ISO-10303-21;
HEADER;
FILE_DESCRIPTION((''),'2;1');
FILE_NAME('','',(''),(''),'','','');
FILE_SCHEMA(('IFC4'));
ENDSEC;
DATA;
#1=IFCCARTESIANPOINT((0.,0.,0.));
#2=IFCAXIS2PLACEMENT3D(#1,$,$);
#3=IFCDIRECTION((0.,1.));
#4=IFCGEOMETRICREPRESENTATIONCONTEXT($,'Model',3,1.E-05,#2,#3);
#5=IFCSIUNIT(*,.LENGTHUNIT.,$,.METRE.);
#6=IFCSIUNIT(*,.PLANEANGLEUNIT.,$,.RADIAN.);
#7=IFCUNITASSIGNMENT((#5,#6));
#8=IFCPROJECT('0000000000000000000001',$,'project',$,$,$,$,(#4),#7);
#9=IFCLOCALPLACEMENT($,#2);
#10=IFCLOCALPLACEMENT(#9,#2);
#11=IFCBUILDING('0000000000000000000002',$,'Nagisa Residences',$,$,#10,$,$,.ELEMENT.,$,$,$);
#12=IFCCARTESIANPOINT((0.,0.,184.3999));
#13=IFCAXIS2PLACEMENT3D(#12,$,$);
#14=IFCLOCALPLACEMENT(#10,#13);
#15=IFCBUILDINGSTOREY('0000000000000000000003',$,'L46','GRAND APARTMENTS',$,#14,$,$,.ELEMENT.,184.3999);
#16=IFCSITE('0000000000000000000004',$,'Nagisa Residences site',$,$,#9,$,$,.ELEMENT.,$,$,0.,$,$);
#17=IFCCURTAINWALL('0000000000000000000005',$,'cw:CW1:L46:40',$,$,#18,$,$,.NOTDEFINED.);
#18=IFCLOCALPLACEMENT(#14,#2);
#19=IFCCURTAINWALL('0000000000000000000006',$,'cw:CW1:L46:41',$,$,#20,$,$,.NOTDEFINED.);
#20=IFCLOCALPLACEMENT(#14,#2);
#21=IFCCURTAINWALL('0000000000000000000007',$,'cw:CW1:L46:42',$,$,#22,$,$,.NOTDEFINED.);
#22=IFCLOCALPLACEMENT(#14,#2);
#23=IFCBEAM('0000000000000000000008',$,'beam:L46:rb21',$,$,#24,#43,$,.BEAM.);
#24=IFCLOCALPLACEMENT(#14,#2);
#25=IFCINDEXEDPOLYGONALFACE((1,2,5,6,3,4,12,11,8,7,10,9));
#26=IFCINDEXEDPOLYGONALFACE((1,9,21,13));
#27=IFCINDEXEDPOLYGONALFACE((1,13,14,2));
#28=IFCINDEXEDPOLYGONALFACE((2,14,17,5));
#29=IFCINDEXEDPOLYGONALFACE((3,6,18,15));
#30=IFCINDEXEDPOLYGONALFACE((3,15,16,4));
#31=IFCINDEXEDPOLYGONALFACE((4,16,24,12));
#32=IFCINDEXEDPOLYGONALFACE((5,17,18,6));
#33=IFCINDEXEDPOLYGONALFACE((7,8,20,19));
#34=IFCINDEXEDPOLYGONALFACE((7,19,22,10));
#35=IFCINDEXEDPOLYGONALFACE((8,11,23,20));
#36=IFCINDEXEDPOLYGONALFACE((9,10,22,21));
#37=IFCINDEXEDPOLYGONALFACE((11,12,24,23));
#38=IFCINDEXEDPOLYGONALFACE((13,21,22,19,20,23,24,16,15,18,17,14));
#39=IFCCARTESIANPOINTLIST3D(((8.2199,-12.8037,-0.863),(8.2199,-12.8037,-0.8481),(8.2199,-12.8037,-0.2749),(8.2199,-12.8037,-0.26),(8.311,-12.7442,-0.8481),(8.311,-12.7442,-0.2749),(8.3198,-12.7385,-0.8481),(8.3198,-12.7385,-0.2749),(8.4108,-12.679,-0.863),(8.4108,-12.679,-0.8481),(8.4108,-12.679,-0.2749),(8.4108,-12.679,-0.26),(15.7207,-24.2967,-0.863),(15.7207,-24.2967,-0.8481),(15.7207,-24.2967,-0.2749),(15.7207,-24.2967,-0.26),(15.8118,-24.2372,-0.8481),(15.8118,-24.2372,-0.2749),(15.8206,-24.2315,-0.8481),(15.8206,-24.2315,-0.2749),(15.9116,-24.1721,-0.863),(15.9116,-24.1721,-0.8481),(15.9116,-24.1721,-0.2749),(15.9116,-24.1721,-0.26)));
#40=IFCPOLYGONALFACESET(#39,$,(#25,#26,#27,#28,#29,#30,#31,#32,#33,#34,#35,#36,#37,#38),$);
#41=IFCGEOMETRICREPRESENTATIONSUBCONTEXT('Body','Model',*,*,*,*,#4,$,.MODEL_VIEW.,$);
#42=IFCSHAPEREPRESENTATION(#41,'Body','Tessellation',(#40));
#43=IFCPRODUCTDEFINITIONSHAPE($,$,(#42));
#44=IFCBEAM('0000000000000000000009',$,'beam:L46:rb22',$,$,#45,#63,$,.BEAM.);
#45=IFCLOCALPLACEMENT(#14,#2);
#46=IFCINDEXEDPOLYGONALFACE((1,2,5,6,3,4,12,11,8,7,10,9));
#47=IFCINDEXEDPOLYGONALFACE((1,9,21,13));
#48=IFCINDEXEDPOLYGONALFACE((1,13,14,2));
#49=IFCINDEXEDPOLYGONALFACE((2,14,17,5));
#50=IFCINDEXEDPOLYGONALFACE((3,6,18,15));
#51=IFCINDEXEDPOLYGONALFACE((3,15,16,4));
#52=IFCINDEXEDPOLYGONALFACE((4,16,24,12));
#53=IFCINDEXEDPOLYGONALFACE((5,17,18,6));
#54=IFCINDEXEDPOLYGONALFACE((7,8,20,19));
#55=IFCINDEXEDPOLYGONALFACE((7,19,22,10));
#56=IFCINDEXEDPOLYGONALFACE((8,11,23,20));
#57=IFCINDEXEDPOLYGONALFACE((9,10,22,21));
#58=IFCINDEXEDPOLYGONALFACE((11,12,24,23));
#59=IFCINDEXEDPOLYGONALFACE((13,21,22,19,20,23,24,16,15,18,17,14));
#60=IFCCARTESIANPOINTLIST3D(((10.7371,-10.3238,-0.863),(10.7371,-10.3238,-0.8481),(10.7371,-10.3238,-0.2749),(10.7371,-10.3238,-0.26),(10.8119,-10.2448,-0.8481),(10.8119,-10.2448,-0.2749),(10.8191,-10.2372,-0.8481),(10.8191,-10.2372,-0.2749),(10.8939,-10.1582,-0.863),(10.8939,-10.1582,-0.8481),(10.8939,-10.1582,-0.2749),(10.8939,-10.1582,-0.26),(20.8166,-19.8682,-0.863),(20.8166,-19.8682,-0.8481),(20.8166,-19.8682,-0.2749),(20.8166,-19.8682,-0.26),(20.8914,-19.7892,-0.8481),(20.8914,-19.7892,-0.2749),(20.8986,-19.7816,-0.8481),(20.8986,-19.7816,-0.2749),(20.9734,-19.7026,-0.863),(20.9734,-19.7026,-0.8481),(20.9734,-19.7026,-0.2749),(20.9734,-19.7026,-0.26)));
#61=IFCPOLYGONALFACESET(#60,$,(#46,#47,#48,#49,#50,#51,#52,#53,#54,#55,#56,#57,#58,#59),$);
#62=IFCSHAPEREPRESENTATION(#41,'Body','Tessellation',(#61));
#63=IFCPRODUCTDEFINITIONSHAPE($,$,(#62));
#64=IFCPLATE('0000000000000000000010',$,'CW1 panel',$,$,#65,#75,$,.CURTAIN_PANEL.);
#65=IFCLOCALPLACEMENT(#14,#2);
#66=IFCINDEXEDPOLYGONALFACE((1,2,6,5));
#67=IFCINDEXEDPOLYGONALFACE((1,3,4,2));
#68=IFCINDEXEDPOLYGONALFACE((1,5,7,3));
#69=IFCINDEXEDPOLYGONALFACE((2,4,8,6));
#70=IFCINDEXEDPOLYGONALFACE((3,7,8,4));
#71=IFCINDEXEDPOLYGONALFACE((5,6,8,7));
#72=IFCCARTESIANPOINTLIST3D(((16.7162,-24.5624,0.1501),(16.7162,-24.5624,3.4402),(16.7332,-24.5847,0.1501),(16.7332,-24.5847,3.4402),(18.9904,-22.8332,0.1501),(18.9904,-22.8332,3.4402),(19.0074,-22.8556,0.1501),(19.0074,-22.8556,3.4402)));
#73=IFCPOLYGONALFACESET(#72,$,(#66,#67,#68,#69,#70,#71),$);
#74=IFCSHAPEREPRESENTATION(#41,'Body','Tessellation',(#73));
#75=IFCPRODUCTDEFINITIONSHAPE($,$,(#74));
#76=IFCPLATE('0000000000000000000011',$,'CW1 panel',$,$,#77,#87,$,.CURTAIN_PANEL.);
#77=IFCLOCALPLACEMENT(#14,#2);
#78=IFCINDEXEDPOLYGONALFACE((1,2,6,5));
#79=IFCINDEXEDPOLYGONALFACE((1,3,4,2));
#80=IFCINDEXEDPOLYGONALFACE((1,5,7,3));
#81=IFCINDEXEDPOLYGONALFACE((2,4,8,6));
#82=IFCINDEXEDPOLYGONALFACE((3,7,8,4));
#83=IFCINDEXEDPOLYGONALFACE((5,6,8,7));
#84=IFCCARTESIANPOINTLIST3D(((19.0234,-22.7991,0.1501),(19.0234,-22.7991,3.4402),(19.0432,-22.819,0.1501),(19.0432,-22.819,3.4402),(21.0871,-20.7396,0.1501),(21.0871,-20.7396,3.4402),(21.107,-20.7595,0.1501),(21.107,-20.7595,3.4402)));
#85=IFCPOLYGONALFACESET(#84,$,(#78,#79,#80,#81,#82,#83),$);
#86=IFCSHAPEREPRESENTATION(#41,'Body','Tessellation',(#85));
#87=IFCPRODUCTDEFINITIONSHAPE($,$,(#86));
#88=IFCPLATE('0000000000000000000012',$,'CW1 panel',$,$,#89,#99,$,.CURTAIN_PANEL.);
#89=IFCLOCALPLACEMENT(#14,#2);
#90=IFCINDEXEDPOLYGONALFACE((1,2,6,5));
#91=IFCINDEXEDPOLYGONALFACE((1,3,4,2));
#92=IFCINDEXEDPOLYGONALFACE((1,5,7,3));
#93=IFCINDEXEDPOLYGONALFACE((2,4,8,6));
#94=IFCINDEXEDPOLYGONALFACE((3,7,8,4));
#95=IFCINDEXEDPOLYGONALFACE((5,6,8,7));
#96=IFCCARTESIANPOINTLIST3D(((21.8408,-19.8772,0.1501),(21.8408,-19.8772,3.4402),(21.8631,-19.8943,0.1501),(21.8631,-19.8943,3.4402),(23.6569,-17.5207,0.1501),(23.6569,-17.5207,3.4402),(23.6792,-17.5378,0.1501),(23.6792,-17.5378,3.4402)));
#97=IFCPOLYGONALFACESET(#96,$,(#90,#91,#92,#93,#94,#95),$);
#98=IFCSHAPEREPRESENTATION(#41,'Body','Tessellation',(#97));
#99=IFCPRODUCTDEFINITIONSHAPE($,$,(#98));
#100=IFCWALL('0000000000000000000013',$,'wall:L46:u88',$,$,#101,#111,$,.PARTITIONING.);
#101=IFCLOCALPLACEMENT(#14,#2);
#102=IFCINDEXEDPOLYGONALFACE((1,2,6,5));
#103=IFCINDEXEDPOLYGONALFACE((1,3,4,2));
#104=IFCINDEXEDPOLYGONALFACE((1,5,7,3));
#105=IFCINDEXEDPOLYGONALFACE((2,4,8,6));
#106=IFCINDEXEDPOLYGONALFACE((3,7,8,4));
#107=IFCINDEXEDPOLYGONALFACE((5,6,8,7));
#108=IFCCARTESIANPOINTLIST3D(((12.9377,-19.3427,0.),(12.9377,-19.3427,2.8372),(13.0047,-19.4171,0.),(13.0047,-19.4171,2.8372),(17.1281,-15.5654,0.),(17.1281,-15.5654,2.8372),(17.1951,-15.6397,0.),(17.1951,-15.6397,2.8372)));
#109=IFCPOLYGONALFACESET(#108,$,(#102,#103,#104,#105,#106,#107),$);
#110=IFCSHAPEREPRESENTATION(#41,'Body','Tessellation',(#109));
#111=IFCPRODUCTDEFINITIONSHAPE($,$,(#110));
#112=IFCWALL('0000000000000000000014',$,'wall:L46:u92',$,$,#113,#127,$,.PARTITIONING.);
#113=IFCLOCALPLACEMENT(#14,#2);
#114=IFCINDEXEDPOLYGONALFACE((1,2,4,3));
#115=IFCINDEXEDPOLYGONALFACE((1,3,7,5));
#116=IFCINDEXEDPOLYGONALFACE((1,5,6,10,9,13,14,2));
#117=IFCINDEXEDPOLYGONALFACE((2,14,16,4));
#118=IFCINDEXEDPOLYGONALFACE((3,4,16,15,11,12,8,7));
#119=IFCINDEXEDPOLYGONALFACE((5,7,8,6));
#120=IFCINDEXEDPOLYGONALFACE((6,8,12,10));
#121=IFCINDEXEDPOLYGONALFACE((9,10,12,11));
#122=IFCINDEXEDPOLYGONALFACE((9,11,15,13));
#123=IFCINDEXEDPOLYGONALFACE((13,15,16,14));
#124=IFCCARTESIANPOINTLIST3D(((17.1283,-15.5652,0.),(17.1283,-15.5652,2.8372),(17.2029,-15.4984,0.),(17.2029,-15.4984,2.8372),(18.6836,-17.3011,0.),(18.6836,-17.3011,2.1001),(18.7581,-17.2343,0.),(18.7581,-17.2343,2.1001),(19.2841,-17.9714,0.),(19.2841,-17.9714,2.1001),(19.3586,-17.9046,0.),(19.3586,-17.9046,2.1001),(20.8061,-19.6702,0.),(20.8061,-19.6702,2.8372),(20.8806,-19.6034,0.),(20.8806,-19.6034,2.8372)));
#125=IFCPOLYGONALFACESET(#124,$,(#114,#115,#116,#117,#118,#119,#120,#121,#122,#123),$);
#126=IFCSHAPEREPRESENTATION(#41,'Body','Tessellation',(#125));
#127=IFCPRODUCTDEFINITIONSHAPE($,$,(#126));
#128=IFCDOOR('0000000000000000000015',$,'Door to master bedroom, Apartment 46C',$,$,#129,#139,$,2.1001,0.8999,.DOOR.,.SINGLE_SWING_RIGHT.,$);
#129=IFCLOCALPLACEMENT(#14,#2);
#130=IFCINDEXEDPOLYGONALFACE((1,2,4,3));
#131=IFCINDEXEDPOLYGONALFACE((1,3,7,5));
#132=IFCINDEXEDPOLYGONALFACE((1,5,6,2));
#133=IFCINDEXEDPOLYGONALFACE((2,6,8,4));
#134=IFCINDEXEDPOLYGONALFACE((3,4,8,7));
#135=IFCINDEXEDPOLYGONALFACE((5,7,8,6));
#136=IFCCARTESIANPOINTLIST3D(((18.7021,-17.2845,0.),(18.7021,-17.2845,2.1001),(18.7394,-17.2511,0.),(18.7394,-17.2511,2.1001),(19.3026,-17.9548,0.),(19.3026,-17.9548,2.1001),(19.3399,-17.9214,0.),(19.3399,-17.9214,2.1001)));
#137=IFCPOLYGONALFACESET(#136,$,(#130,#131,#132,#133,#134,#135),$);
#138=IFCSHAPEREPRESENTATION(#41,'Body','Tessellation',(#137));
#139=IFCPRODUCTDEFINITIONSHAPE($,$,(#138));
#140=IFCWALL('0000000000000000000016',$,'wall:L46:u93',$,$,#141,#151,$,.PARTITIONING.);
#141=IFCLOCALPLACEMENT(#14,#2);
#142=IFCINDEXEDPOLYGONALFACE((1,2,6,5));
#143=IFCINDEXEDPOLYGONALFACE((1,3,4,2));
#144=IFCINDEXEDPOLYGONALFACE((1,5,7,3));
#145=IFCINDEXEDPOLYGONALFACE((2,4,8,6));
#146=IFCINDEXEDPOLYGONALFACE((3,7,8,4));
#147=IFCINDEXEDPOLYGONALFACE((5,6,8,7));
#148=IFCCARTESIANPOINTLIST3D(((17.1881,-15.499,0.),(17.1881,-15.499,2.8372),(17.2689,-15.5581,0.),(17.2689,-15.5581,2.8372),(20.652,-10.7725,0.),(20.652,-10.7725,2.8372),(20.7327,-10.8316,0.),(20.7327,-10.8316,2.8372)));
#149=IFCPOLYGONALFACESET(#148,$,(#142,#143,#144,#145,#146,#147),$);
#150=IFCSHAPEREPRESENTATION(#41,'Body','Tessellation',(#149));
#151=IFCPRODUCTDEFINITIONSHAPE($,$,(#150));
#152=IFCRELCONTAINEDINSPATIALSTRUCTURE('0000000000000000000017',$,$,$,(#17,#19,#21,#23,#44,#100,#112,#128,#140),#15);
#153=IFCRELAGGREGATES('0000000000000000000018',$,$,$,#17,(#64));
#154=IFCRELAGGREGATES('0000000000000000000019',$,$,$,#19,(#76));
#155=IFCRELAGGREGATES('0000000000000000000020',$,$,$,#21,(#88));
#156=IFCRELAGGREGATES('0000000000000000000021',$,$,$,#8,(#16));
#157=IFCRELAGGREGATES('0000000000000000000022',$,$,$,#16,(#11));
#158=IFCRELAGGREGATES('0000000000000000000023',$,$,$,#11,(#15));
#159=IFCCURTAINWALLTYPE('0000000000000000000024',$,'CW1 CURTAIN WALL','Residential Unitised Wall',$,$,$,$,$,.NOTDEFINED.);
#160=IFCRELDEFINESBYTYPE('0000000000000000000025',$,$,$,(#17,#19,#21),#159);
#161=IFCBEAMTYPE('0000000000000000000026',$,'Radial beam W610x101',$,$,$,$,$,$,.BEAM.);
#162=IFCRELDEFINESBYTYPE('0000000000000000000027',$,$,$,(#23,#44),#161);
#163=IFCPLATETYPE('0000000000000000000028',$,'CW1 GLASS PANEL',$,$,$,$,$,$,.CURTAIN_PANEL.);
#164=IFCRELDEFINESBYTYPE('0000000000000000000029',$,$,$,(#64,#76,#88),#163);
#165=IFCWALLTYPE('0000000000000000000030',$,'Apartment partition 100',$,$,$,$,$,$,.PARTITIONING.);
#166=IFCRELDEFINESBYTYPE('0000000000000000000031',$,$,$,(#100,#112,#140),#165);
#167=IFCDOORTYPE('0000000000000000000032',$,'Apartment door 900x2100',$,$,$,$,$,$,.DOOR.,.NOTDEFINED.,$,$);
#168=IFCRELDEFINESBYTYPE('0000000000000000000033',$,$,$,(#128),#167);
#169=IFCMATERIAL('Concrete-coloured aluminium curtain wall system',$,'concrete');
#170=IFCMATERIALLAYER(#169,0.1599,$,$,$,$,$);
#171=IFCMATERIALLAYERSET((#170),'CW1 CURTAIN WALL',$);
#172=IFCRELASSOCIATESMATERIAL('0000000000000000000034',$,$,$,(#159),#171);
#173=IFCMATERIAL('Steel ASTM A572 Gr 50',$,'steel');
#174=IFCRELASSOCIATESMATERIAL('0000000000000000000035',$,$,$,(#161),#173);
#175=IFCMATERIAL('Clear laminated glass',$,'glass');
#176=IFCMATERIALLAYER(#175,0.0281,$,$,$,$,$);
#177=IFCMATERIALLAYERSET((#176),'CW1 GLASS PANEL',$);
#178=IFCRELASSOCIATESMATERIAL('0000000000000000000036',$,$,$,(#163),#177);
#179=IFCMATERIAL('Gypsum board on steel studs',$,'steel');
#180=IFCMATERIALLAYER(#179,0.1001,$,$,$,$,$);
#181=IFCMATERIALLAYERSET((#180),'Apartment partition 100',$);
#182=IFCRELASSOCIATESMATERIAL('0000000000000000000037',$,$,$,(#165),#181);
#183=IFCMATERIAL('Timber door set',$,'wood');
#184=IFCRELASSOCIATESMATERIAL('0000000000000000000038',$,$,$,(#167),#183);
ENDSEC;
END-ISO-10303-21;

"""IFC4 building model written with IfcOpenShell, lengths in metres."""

from ifc_helpers import new_model, si_unit, direction, frame, frame_2d, origin, origin_2d, place, context, subcontext, project, spatial, rectangle, i_section, extrude, material, layer, layer_set, material_profile, profile_set, type_object, element, fill, aggregate, save


model = new_model("IFC4")

# Units and contexts
model_context = context("Model", 3, precision=1e-05, world=origin(), true_north=direction((0.0, 1.0)))
body_context = subcontext(model_context, "Body", "Model", "MODEL_VIEW")
ifc_project = project(units=[si_unit("LENGTHUNIT", "METRE"), si_unit("PLANEANGLEUNIT", "RADIAN")], contexts=[model_context])

# Site, building, storey
site_placement = place(None, origin())
site = spatial("IfcSite", under=ifc_project, at=site_placement, Name="Nagisa Residences site", CompositionType="ELEMENT", RefElevation=0.0)
building_placement = place(site_placement, origin())
building = spatial("IfcBuilding", under=site, at=building_placement, Name="Nagisa Residences", CompositionType="ELEMENT")
storey_placement = place(building_placement, frame((0.0, 0.0, 184.3999)))
storey = spatial("IfcBuildingStorey", under=building, at=storey_placement, Name="L46", Description="GRAND APARTMENTS", CompositionType="ELEMENT", Elevation=184.3999)

# Curtain walls
ifc_material_1 = material(Name="Concrete-coloured aluminium curtain wall system", Category="concrete")
ifc_layer_1 = layer(ifc_material_1, 0.1599)
ifc_layer_set_1 = layer_set([ifc_layer_1], Name="CW1 CURTAIN WALL")
curtain_wall_type = type_object("IfcCurtainWallType", Name="CW1 CURTAIN WALL", Description="Residential Unitised Wall", PredefinedType="NOTDEFINED", material=ifc_layer_set_1)
curtain_wall_1_placement = place(storey_placement, origin())
curtain_wall_1 = element("IfcCurtainWall", 1, at=curtain_wall_1_placement, inside=storey, type_object=curtain_wall_type, Name="cw:CW1:L46:40", PredefinedType="NOTDEFINED")
curtain_wall_2_placement = place(storey_placement, origin())
curtain_wall_2 = element("IfcCurtainWall", 2, at=curtain_wall_2_placement, inside=storey, type_object=curtain_wall_type, Name="cw:CW1:L46:41", PredefinedType="NOTDEFINED")
curtain_wall_3_placement = place(storey_placement, origin())
curtain_wall_3 = element("IfcCurtainWall", 3, at=curtain_wall_3_placement, inside=storey, type_object=curtain_wall_type, Name="cw:CW1:L46:42", PredefinedType="NOTDEFINED")

# Beams
ifc_material_2 = material(Name="Steel ASTM A572 Gr 50", Category="steel")
ifc_material_profile_1 = material_profile(ifc_material_2, i_section(OverallWidth=0.228, OverallDepth=0.603, WebThickness=0.0105, FlangeThickness=0.0149, at=origin_2d()), Name="W610x101")
ifc_profile_set_1 = profile_set([ifc_material_profile_1], Name="Steel ASTM A572 Gr 50")
beam_type_1 = type_object("IfcBeamType", Name="Radial beam W610x101", PredefinedType="BEAM", material=ifc_profile_set_1)
beam_1_placement = place(storey_placement, frame((15.8162, -24.2344, -0.5615), z_axis=(-0.546541, 0.837432, 0.0), x_axis=(-0.837432, -0.546541, 0.0)))
element("IfcBeam", 4, at=beam_1_placement, inside=storey, type_object=beam_type_1, Name="beam:L46:rb21", PredefinedType="BEAM", context=body_context, shape_type="SweptSolid", body=[
    extrude(i_section(OverallWidth=0.228, OverallDepth=0.603, WebThickness=0.0105, FlangeThickness=0.0149, at=origin_2d()), origin(), (0.0, 0.0, 1.0), 13.7241),
])
beam_2_placement = place(storey_placement, frame((20.895, -19.7854, -0.5615), z_axis=(-0.72612, 0.687568, 0.0), x_axis=(-0.687568, -0.72612, 0.0)))
element("IfcBeam", 5, at=beam_2_placement, inside=storey, type_object=beam_type_1, Name="beam:L46:rb22", PredefinedType="BEAM", context=body_context, shape_type="SweptSolid", body=[
    extrude(i_section(OverallWidth=0.228, OverallDepth=0.603, WebThickness=0.0105, FlangeThickness=0.0149, at=origin_2d()), origin(), (0.0, 0.0, 1.0), 13.8813),
])

# Plates
ifc_material_3 = material(Name="Clear laminated glass", Category="glass")
ifc_layer_2 = layer(ifc_material_3, 0.0281)
ifc_layer_set_2 = layer_set([ifc_layer_2], Name="CW1 GLASS PANEL")
plate_type = type_object("IfcPlateType", Name="CW1 GLASS PANEL", PredefinedType="CURTAIN_PANEL", material=ifc_layer_set_2)
plate_1_placement = place(storey_placement, frame((17.8618, -23.709, 0.1501), z_axis=(0.0, 0.0, 1.0), x_axis=(0.796031, 0.605255, 0.0)))
plate_1 = element("IfcPlate", 6, at=plate_1_placement, type_object=plate_type, Name="CW1 panel", PredefinedType="CURTAIN_PANEL", context=body_context, shape_type="SweptSolid", body=[
    extrude(rectangle(XDim=2.8569, YDim=0.0281, at=origin_2d()), origin(), (0.0, 0.0, 1.0), 3.29),
])
aggregate(curtain_wall_1, [plate_1])
plate_2_placement = place(storey_placement, frame((20.0652, -21.7793, 0.1501), z_axis=(0.0, 0.0, 1.0), x_axis=(0.707836, 0.706377, 0.0)))
plate_2 = element("IfcPlate", 7, at=plate_2_placement, type_object=plate_type, Name="CW1 panel", PredefinedType="CURTAIN_PANEL", context=body_context, shape_type="SweptSolid", body=[
    extrude(rectangle(XDim=2.9155, YDim=0.0281, at=origin_2d()), origin(), (0.0, 0.0, 1.0), 3.29),
])
aggregate(curtain_wall_2, [plate_2])
plate_3_placement = place(storey_placement, frame((22.76, -18.7075, 0.1501), z_axis=(0.0, 0.0, 1.0), x_axis=(0.61043, 0.79207, 0.0)))
plate_3 = element("IfcPlate", 8, at=plate_3_placement, type_object=plate_type, Name="CW1 panel", PredefinedType="CURTAIN_PANEL", context=body_context, shape_type="SweptSolid", body=[
    extrude(rectangle(XDim=2.9751, YDim=0.0281, at=origin_2d()), origin(), (0.0, 0.0, 1.0), 3.29),
])
aggregate(curtain_wall_3, [plate_3])

# Wall
ifc_material_4 = material(Name="Gypsum board on steel studs", Category="steel")
ifc_layer_3 = layer(ifc_material_4, 0.1001)
ifc_layer_set_3 = layer_set([ifc_layer_3], Name="Apartment partition 100")
wall_type_1 = type_object("IfcWallType", Name="Apartment partition 100", PredefinedType="PARTITIONING", material=ifc_layer_set_3)
wall_1_placement = place(storey_placement, frame((12.9712, -19.3799, 0.0), z_axis=(0.0, 0.0, 1.0), x_axis=(0.742769, 0.669548, 0.0)))
element("IfcWall", 9, at=wall_1_placement, inside=storey, type_object=wall_type_1, Name="wall:L46:u88", PredefinedType="PARTITIONING", context=body_context, shape_type="SweptSolid", body=[
    extrude(rectangle(XDim=5.6416, YDim=0.1001, at=frame_2d((2.8208, 0.0))), origin(), (0.0, 0.0, 1.0), 2.8372),
])

# Wall, opening, door
wall_2_placement = place(storey_placement, frame((17.1655, -15.5317, 0.0), z_axis=(0.0, 0.0, 1.0), x_axis=(0.667284, -0.744803, 0.0)))
wall_2 = element("IfcWall", 10, at=wall_2_placement, inside=storey, type_object=wall_type_1, Name="wall:L46:u92", PredefinedType="PARTITIONING", context=body_context, shape_type="SweptSolid", body=[
    extrude(rectangle(XDim=5.5115, YDim=0.1001, at=frame_2d((2.7559, 0.0))), origin(), (0.0, 0.0, 1.0), 2.8372),
])
opening_1_placement = place(wall_2_placement, frame((2.3308, 0.0, 0.0)))
opening_1 = element("IfcOpeningElement", 11, at=opening_1_placement, cuts=wall_2, PredefinedType="OPENING", context=body_context, shape_type="SweptSolid", body=[
    extrude(rectangle(XDim=0.8999, YDim=2.1001, at=frame_2d((0.45, 1.05))), frame((0.0, 0.0601, 0.0), z_axis=(0.0, -1.0, 0.0), x_axis=(1.0, 0.0, 0.0)), (0.0, 0.0, 1.0), 0.1201),
])
ifc_material_5 = material(Name="Timber door set", Category="wood")
door_type_1 = type_object("IfcDoorType", Name="Apartment door 900x2100", OperationType="NOTDEFINED", PredefinedType="DOOR", material=ifc_material_5)
door_1_placement = place(opening_1_placement, origin())
door_1 = element("IfcDoor", 12, at=door_1_placement, inside=storey, type_object=door_type_1, Name="Door to master bedroom, Apartment 46C", OperationType="SINGLE_SWING_RIGHT", OverallHeight=2.1001, OverallWidth=0.8999, PredefinedType="DOOR", context=body_context, shape_type="SweptSolid", body=[
    extrude(rectangle(XDim=0.8999, YDim=2.1001, at=frame_2d((0.45, 1.05))), frame((0.0, 0.0249, 0.0), z_axis=(0.0, -1.0, 0.0), x_axis=(1.0, 0.0, 0.0)), (0.0, 0.0, 1.0), 0.05),
])
fill(opening_1, door_1)

# Wall
wall_3_placement = place(storey_placement, frame((17.2285, -15.5286, 0.0), z_axis=(0.0, 0.0, 1.0), x_axis=(0.591111, 0.80659, 0.0)))
element("IfcWall", 13, at=wall_3_placement, inside=storey, type_object=wall_type_1, Name="wall:L46:u93", PredefinedType="PARTITIONING", context=body_context, shape_type="SweptSolid", body=[
    extrude(rectangle(XDim=5.8599, YDim=0.1001, at=frame_2d((2.9299, 0.0))), origin(), (0.0, 0.0, 1.0), 2.8372),
])

save(model, "model.ifc")
